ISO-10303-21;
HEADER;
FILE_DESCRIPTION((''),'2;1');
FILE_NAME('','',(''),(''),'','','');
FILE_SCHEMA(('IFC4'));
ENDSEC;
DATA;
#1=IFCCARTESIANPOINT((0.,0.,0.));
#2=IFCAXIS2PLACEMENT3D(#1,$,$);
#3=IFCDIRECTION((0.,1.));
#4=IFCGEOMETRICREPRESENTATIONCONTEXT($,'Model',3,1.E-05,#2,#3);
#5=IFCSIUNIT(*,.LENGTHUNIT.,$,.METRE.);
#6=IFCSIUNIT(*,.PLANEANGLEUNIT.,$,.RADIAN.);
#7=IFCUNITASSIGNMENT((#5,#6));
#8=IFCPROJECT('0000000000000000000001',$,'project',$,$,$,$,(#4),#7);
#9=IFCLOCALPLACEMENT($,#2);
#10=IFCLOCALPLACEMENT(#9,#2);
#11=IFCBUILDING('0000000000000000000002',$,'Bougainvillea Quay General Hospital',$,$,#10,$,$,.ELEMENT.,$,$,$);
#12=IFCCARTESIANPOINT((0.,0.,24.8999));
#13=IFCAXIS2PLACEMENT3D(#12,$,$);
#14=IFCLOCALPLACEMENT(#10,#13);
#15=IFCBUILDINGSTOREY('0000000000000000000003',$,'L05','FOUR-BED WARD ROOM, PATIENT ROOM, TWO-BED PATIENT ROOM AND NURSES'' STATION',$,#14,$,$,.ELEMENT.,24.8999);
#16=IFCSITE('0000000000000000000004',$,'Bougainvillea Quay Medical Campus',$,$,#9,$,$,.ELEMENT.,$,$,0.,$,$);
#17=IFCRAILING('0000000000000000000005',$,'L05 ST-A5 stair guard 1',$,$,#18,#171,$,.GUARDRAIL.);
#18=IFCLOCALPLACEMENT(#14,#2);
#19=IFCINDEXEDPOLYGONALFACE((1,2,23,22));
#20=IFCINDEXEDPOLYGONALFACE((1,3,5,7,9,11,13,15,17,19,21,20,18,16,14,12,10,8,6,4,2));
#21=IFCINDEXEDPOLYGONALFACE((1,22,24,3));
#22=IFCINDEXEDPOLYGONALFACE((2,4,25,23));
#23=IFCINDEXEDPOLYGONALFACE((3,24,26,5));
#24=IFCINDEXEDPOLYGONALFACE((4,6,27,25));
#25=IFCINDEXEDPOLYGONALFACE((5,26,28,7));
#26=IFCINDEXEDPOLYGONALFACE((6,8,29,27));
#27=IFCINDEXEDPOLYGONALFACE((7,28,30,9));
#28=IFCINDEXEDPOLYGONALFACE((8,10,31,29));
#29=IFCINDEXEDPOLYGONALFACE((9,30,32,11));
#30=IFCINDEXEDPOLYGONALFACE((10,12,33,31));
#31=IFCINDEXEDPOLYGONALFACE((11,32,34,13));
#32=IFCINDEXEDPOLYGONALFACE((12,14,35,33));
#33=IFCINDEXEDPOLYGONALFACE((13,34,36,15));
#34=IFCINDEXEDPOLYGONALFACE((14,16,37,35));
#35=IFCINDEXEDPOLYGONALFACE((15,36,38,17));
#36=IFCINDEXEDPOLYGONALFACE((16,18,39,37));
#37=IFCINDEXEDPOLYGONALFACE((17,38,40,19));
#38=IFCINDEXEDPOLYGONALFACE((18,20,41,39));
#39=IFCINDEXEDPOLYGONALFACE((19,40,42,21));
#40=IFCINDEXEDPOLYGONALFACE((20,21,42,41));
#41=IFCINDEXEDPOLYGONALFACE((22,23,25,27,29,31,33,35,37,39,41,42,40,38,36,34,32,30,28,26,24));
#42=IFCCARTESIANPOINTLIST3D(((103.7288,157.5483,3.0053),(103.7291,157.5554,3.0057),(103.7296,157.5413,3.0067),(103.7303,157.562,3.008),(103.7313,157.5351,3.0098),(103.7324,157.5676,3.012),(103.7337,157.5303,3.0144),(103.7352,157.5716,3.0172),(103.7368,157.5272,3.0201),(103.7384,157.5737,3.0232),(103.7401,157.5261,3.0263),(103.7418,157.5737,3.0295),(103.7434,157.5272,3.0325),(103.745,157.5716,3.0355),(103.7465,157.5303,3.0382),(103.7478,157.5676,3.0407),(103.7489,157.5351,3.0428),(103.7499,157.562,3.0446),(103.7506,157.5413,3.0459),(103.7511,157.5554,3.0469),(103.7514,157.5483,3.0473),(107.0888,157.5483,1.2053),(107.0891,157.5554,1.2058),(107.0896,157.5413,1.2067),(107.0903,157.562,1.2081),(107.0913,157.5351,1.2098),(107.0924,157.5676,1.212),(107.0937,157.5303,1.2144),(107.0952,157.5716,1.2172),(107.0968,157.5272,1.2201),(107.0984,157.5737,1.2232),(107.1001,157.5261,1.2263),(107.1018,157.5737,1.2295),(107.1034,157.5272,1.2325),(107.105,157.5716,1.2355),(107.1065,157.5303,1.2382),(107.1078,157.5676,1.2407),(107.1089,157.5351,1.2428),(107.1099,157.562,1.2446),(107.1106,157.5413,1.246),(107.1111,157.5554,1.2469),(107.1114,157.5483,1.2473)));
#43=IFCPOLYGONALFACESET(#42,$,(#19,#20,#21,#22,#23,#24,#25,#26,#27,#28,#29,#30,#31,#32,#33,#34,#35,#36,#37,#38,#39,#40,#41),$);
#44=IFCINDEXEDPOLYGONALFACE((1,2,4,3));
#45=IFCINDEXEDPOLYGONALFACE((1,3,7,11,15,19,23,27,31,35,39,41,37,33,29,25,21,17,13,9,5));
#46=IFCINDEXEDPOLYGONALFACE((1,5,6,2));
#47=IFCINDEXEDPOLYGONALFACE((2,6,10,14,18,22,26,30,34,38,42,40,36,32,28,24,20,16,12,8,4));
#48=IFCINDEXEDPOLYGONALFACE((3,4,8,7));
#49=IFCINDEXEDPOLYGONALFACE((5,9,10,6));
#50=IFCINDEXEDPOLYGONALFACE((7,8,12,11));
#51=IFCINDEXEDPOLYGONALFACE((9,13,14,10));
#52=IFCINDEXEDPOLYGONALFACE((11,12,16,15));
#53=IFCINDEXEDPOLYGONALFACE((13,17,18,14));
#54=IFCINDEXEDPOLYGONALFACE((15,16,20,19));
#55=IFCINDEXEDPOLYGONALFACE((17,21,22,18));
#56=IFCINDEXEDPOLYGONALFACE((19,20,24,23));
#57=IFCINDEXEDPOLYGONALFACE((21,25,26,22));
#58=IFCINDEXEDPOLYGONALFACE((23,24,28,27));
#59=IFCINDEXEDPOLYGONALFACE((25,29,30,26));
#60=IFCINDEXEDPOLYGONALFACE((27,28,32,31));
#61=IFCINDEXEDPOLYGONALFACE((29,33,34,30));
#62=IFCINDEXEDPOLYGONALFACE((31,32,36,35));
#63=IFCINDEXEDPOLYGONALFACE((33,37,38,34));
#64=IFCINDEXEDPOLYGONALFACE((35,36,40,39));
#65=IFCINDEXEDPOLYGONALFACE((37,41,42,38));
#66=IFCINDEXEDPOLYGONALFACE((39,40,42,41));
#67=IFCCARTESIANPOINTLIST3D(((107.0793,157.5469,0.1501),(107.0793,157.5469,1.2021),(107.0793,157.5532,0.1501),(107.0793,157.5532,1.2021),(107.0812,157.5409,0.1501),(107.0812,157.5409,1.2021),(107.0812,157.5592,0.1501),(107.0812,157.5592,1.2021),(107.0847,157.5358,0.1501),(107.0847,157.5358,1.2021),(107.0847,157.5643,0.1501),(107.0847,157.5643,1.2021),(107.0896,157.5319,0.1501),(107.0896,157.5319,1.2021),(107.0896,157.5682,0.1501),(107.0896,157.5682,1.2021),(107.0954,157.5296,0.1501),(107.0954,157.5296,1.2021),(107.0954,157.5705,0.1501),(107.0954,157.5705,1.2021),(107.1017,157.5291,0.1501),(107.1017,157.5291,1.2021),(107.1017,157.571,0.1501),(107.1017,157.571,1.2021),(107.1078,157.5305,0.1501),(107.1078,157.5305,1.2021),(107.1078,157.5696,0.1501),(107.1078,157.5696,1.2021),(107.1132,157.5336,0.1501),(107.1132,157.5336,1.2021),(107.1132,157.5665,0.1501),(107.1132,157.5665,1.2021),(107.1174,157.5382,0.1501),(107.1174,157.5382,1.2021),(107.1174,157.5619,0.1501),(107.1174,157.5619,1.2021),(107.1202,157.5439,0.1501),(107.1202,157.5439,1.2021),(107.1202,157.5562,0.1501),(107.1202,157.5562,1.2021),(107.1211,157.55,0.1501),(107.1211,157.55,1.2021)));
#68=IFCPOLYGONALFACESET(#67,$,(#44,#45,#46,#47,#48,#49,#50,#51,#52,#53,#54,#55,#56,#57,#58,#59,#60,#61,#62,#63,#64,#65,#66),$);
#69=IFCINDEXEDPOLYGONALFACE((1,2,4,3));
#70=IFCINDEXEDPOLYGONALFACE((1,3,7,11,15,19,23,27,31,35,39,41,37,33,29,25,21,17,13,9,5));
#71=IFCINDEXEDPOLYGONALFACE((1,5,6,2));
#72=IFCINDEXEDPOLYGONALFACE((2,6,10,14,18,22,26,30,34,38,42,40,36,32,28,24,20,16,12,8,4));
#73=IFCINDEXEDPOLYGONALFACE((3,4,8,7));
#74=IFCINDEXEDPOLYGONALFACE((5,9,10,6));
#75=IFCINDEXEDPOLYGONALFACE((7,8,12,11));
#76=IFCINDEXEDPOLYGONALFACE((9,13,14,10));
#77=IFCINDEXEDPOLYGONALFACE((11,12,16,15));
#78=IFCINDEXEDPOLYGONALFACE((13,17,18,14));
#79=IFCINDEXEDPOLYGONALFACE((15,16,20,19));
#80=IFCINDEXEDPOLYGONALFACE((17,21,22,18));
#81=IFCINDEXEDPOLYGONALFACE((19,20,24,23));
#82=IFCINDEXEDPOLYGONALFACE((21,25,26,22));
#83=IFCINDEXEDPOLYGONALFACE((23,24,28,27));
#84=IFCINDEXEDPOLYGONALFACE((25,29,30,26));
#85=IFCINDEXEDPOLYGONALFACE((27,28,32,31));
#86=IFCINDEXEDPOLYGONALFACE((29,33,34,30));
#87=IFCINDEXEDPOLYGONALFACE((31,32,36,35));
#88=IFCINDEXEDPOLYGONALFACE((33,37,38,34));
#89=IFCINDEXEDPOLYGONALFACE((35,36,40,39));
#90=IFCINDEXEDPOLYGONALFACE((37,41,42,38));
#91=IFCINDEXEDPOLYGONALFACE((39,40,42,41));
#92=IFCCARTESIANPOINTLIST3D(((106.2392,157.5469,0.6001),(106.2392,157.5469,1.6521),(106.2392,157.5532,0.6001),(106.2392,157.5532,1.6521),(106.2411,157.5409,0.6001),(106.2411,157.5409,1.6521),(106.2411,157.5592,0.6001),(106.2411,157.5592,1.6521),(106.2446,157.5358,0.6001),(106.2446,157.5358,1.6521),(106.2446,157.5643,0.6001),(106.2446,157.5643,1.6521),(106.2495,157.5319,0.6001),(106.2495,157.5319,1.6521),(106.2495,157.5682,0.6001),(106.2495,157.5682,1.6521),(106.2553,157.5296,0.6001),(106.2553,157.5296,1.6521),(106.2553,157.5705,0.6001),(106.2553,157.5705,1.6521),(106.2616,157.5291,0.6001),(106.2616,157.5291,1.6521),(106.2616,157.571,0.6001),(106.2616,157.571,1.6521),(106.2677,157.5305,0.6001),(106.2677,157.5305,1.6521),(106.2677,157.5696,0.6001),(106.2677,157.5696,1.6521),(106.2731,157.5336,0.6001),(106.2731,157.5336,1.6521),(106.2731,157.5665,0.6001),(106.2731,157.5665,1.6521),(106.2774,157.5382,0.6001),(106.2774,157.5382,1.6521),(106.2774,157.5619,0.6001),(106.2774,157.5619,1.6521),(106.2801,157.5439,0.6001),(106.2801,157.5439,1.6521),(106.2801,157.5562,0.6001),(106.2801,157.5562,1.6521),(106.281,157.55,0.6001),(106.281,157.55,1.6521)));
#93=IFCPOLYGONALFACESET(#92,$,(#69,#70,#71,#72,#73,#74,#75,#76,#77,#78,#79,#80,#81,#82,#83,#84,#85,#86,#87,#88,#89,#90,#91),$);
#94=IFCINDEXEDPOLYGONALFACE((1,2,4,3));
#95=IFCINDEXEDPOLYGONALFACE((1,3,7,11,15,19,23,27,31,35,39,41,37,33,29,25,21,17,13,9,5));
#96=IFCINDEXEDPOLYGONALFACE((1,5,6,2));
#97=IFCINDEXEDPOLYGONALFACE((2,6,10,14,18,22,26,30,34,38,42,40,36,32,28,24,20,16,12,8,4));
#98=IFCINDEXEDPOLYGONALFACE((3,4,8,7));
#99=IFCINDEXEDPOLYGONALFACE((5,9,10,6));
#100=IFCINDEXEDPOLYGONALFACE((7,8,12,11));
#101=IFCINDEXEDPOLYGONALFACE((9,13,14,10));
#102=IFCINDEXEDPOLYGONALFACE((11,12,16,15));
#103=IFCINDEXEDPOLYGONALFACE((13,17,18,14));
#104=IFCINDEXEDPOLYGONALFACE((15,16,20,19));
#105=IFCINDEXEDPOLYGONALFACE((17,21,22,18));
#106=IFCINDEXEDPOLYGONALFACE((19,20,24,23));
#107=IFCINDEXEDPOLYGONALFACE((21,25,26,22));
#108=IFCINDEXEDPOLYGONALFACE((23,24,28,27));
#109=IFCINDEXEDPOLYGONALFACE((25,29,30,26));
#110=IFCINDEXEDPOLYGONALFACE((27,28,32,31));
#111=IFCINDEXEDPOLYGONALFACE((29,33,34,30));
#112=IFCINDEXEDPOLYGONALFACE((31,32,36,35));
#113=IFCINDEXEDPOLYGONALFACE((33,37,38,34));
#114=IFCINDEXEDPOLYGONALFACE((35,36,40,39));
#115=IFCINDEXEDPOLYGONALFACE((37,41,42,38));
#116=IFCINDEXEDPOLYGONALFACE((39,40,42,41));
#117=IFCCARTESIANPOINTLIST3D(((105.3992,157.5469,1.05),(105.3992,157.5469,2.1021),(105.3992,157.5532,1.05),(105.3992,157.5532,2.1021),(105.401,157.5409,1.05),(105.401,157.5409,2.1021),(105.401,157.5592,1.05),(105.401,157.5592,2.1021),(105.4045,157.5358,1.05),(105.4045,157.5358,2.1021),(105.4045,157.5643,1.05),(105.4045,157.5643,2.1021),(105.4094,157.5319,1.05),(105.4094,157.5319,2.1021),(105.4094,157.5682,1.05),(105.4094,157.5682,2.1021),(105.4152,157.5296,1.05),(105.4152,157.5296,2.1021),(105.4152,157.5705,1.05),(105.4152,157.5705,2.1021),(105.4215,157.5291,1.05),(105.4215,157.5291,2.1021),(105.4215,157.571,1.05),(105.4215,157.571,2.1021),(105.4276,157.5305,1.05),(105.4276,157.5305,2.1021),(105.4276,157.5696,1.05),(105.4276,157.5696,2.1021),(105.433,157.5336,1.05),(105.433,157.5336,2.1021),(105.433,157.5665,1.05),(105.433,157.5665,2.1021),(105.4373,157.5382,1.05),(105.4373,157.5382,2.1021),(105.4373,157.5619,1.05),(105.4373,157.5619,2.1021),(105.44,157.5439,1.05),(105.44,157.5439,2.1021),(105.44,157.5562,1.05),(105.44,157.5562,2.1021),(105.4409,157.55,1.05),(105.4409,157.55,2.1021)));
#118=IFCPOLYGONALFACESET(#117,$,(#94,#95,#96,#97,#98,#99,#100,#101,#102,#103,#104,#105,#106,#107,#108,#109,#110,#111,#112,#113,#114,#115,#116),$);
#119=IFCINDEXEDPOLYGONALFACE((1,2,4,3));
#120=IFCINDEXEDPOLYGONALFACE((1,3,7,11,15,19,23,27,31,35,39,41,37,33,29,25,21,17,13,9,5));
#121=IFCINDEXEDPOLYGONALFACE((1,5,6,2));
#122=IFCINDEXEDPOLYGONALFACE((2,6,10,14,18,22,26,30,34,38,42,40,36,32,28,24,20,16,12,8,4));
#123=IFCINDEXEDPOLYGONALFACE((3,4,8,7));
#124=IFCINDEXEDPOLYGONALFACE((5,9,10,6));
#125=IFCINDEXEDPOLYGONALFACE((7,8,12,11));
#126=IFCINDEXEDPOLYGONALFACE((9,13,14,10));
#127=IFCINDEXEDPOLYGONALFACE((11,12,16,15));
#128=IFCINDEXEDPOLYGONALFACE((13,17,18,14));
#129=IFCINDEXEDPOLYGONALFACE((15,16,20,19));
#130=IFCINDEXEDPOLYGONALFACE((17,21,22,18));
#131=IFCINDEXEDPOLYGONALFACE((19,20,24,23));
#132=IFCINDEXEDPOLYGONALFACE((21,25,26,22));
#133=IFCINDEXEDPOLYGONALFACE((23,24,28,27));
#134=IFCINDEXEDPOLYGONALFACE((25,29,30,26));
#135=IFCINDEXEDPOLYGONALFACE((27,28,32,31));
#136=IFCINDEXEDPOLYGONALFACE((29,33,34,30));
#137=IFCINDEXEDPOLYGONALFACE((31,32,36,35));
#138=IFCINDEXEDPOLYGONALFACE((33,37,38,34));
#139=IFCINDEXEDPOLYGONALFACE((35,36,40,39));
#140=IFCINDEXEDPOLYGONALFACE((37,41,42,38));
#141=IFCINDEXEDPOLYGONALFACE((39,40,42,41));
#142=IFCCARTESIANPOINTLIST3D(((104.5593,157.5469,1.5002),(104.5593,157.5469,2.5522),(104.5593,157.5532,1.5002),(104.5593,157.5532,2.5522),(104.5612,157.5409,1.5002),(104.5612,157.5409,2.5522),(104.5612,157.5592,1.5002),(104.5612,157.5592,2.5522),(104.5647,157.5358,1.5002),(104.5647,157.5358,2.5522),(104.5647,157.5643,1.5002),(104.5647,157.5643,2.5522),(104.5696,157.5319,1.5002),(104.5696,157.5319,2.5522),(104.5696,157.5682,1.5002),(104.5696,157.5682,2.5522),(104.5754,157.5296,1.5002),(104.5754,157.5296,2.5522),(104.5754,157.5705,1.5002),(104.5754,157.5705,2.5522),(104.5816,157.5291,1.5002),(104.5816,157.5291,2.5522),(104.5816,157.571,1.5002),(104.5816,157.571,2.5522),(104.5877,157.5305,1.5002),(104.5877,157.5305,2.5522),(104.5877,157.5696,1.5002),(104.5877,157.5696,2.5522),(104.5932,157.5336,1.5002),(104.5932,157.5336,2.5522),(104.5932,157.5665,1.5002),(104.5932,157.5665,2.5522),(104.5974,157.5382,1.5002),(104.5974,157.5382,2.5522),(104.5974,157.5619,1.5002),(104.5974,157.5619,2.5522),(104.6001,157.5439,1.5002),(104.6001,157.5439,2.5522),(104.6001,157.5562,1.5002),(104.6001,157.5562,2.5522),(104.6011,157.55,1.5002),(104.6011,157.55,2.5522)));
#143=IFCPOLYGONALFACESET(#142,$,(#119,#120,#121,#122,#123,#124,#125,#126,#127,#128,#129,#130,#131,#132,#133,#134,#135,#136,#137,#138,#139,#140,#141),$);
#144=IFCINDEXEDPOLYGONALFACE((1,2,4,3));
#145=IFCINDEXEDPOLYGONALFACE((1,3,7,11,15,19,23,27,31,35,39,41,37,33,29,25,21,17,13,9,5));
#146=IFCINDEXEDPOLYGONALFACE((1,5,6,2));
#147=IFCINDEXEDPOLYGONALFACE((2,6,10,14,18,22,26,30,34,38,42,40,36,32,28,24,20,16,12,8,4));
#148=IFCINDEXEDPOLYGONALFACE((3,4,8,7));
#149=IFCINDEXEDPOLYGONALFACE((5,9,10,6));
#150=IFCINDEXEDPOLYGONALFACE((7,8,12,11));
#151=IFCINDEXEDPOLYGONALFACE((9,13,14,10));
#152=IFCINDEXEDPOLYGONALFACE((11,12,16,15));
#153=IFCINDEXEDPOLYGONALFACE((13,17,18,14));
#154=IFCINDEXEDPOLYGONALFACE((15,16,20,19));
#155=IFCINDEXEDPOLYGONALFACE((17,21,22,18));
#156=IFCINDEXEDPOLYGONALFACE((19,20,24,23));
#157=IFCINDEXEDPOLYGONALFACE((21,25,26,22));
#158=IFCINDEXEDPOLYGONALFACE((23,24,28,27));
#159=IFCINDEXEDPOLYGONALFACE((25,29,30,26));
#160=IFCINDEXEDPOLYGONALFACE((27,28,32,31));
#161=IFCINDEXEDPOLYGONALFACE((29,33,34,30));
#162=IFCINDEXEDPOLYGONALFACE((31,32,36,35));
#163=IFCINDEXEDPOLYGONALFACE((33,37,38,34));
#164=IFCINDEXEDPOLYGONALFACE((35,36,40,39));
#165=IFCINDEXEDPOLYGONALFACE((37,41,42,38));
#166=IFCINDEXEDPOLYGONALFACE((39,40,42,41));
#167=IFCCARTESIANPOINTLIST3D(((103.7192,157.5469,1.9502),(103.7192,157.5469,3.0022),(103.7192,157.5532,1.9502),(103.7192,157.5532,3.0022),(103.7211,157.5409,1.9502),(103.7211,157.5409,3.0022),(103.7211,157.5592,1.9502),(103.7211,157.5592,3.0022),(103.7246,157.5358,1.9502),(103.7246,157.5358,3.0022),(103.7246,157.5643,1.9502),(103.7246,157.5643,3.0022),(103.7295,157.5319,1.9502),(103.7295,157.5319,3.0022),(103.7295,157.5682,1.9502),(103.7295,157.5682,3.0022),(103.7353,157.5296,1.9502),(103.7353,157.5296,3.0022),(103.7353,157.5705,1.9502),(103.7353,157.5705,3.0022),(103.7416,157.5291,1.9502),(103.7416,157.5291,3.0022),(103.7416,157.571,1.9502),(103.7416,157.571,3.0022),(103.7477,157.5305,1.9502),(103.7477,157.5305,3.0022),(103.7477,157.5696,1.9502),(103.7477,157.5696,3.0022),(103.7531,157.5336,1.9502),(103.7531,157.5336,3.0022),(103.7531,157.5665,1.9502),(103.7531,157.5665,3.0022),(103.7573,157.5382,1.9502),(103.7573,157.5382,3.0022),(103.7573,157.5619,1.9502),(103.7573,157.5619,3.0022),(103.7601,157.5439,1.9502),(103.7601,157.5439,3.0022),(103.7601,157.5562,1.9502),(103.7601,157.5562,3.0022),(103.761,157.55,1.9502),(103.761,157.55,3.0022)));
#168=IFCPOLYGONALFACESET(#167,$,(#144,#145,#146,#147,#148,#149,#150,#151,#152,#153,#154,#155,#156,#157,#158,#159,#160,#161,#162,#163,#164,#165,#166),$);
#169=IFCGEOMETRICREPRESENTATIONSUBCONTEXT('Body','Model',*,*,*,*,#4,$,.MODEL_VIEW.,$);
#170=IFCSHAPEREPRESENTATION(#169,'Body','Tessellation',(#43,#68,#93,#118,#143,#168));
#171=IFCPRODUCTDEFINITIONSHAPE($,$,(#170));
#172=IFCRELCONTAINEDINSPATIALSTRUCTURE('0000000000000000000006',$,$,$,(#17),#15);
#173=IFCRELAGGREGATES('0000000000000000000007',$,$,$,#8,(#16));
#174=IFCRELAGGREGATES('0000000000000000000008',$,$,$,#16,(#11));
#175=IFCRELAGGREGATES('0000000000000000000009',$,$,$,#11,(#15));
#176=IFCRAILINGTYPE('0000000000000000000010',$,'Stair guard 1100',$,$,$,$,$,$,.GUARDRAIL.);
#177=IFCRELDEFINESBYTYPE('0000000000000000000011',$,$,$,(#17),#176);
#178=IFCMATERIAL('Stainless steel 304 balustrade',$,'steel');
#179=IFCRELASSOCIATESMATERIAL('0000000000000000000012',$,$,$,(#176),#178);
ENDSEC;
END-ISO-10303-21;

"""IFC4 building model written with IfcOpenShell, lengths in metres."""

from ifc_helpers import new_model, si_unit, direction, frame, origin, origin_2d, place, context, subcontext, project, spatial, circle, extrude, material, type_object, element, save


model = new_model("IFC4")

# Units and contexts
model_context = context("Model", 3, precision=1e-05, world=origin(), true_north=direction((0.0, 1.0)))
body_context = subcontext(model_context, "Body", "Model", "MODEL_VIEW")
ifc_project = project(units=[si_unit("LENGTHUNIT", "METRE"), si_unit("PLANEANGLEUNIT", "RADIAN")], contexts=[model_context])

# Site, building, storey
site_placement = place(None, origin())
site = spatial("IfcSite", under=ifc_project, at=site_placement, Name="Bougainvillea Quay Medical Campus", CompositionType="ELEMENT", RefElevation=0.0)
building_placement = place(site_placement, origin())
building = spatial("IfcBuilding", under=site, at=building_placement, Name="Bougainvillea Quay General Hospital", CompositionType="ELEMENT")
storey_placement = place(building_placement, frame((0.0, 0.0, 24.8999)))
storey = spatial("IfcBuildingStorey", under=building, at=storey_placement, Name="L05", Description="FOUR-BED WARD ROOM, PATIENT ROOM, TWO-BED PATIENT ROOM AND NURSES' STATION", CompositionType="ELEMENT", Elevation=24.8999)

# Railing
ifc_material_1 = material(Name="Stainless steel 304 balustrade", Category="steel")
railing_type = type_object("IfcRailingType", Name="Stair guard 1100", PredefinedType="GUARDRAIL", material=ifc_material_1)
railing_1_placement = place(storey_placement, frame((107.1001, 157.55, 0.1501)))
element("IfcRailing", 1, at=railing_1_placement, inside=storey, type_object=railing_type, Name="L05 ST-A5 stair guard 1", PredefinedType="GUARDRAIL", context=body_context, shape_type="SweptSolid", body=[
    extrude(circle(Radius=0.0239, at=origin_2d()), frame((0.0, 0.0, 1.0762), z_axis=(-0.881481, 0.0, 0.47222), x_axis=(0.0, -1.0, 0.0)), (0.0, 0.0, 1.0), 3.8118),
    extrude(circle(Radius=0.021, at=origin_2d()), origin(), (0.0, 0.0, 1.0), 1.052),
    extrude(circle(Radius=0.021, at=origin_2d()), frame((-0.8401, 0.0, 0.45)), (0.0, 0.0, 1.0), 1.052),
    extrude(circle(Radius=0.021, at=origin_2d()), frame((-1.6802, 0.0, 0.8999)), (0.0, 0.0, 1.0), 1.052),
    extrude(circle(Radius=0.021, at=origin_2d()), frame((-2.52, 0.0, 1.3501)), (0.0, 0.0, 1.0), 1.052),
    extrude(circle(Radius=0.021, at=origin_2d()), frame((-3.3601, 0.0, 1.8)), (0.0, 0.0, 1.0), 1.052),
])

save(model, "model.ifc")
